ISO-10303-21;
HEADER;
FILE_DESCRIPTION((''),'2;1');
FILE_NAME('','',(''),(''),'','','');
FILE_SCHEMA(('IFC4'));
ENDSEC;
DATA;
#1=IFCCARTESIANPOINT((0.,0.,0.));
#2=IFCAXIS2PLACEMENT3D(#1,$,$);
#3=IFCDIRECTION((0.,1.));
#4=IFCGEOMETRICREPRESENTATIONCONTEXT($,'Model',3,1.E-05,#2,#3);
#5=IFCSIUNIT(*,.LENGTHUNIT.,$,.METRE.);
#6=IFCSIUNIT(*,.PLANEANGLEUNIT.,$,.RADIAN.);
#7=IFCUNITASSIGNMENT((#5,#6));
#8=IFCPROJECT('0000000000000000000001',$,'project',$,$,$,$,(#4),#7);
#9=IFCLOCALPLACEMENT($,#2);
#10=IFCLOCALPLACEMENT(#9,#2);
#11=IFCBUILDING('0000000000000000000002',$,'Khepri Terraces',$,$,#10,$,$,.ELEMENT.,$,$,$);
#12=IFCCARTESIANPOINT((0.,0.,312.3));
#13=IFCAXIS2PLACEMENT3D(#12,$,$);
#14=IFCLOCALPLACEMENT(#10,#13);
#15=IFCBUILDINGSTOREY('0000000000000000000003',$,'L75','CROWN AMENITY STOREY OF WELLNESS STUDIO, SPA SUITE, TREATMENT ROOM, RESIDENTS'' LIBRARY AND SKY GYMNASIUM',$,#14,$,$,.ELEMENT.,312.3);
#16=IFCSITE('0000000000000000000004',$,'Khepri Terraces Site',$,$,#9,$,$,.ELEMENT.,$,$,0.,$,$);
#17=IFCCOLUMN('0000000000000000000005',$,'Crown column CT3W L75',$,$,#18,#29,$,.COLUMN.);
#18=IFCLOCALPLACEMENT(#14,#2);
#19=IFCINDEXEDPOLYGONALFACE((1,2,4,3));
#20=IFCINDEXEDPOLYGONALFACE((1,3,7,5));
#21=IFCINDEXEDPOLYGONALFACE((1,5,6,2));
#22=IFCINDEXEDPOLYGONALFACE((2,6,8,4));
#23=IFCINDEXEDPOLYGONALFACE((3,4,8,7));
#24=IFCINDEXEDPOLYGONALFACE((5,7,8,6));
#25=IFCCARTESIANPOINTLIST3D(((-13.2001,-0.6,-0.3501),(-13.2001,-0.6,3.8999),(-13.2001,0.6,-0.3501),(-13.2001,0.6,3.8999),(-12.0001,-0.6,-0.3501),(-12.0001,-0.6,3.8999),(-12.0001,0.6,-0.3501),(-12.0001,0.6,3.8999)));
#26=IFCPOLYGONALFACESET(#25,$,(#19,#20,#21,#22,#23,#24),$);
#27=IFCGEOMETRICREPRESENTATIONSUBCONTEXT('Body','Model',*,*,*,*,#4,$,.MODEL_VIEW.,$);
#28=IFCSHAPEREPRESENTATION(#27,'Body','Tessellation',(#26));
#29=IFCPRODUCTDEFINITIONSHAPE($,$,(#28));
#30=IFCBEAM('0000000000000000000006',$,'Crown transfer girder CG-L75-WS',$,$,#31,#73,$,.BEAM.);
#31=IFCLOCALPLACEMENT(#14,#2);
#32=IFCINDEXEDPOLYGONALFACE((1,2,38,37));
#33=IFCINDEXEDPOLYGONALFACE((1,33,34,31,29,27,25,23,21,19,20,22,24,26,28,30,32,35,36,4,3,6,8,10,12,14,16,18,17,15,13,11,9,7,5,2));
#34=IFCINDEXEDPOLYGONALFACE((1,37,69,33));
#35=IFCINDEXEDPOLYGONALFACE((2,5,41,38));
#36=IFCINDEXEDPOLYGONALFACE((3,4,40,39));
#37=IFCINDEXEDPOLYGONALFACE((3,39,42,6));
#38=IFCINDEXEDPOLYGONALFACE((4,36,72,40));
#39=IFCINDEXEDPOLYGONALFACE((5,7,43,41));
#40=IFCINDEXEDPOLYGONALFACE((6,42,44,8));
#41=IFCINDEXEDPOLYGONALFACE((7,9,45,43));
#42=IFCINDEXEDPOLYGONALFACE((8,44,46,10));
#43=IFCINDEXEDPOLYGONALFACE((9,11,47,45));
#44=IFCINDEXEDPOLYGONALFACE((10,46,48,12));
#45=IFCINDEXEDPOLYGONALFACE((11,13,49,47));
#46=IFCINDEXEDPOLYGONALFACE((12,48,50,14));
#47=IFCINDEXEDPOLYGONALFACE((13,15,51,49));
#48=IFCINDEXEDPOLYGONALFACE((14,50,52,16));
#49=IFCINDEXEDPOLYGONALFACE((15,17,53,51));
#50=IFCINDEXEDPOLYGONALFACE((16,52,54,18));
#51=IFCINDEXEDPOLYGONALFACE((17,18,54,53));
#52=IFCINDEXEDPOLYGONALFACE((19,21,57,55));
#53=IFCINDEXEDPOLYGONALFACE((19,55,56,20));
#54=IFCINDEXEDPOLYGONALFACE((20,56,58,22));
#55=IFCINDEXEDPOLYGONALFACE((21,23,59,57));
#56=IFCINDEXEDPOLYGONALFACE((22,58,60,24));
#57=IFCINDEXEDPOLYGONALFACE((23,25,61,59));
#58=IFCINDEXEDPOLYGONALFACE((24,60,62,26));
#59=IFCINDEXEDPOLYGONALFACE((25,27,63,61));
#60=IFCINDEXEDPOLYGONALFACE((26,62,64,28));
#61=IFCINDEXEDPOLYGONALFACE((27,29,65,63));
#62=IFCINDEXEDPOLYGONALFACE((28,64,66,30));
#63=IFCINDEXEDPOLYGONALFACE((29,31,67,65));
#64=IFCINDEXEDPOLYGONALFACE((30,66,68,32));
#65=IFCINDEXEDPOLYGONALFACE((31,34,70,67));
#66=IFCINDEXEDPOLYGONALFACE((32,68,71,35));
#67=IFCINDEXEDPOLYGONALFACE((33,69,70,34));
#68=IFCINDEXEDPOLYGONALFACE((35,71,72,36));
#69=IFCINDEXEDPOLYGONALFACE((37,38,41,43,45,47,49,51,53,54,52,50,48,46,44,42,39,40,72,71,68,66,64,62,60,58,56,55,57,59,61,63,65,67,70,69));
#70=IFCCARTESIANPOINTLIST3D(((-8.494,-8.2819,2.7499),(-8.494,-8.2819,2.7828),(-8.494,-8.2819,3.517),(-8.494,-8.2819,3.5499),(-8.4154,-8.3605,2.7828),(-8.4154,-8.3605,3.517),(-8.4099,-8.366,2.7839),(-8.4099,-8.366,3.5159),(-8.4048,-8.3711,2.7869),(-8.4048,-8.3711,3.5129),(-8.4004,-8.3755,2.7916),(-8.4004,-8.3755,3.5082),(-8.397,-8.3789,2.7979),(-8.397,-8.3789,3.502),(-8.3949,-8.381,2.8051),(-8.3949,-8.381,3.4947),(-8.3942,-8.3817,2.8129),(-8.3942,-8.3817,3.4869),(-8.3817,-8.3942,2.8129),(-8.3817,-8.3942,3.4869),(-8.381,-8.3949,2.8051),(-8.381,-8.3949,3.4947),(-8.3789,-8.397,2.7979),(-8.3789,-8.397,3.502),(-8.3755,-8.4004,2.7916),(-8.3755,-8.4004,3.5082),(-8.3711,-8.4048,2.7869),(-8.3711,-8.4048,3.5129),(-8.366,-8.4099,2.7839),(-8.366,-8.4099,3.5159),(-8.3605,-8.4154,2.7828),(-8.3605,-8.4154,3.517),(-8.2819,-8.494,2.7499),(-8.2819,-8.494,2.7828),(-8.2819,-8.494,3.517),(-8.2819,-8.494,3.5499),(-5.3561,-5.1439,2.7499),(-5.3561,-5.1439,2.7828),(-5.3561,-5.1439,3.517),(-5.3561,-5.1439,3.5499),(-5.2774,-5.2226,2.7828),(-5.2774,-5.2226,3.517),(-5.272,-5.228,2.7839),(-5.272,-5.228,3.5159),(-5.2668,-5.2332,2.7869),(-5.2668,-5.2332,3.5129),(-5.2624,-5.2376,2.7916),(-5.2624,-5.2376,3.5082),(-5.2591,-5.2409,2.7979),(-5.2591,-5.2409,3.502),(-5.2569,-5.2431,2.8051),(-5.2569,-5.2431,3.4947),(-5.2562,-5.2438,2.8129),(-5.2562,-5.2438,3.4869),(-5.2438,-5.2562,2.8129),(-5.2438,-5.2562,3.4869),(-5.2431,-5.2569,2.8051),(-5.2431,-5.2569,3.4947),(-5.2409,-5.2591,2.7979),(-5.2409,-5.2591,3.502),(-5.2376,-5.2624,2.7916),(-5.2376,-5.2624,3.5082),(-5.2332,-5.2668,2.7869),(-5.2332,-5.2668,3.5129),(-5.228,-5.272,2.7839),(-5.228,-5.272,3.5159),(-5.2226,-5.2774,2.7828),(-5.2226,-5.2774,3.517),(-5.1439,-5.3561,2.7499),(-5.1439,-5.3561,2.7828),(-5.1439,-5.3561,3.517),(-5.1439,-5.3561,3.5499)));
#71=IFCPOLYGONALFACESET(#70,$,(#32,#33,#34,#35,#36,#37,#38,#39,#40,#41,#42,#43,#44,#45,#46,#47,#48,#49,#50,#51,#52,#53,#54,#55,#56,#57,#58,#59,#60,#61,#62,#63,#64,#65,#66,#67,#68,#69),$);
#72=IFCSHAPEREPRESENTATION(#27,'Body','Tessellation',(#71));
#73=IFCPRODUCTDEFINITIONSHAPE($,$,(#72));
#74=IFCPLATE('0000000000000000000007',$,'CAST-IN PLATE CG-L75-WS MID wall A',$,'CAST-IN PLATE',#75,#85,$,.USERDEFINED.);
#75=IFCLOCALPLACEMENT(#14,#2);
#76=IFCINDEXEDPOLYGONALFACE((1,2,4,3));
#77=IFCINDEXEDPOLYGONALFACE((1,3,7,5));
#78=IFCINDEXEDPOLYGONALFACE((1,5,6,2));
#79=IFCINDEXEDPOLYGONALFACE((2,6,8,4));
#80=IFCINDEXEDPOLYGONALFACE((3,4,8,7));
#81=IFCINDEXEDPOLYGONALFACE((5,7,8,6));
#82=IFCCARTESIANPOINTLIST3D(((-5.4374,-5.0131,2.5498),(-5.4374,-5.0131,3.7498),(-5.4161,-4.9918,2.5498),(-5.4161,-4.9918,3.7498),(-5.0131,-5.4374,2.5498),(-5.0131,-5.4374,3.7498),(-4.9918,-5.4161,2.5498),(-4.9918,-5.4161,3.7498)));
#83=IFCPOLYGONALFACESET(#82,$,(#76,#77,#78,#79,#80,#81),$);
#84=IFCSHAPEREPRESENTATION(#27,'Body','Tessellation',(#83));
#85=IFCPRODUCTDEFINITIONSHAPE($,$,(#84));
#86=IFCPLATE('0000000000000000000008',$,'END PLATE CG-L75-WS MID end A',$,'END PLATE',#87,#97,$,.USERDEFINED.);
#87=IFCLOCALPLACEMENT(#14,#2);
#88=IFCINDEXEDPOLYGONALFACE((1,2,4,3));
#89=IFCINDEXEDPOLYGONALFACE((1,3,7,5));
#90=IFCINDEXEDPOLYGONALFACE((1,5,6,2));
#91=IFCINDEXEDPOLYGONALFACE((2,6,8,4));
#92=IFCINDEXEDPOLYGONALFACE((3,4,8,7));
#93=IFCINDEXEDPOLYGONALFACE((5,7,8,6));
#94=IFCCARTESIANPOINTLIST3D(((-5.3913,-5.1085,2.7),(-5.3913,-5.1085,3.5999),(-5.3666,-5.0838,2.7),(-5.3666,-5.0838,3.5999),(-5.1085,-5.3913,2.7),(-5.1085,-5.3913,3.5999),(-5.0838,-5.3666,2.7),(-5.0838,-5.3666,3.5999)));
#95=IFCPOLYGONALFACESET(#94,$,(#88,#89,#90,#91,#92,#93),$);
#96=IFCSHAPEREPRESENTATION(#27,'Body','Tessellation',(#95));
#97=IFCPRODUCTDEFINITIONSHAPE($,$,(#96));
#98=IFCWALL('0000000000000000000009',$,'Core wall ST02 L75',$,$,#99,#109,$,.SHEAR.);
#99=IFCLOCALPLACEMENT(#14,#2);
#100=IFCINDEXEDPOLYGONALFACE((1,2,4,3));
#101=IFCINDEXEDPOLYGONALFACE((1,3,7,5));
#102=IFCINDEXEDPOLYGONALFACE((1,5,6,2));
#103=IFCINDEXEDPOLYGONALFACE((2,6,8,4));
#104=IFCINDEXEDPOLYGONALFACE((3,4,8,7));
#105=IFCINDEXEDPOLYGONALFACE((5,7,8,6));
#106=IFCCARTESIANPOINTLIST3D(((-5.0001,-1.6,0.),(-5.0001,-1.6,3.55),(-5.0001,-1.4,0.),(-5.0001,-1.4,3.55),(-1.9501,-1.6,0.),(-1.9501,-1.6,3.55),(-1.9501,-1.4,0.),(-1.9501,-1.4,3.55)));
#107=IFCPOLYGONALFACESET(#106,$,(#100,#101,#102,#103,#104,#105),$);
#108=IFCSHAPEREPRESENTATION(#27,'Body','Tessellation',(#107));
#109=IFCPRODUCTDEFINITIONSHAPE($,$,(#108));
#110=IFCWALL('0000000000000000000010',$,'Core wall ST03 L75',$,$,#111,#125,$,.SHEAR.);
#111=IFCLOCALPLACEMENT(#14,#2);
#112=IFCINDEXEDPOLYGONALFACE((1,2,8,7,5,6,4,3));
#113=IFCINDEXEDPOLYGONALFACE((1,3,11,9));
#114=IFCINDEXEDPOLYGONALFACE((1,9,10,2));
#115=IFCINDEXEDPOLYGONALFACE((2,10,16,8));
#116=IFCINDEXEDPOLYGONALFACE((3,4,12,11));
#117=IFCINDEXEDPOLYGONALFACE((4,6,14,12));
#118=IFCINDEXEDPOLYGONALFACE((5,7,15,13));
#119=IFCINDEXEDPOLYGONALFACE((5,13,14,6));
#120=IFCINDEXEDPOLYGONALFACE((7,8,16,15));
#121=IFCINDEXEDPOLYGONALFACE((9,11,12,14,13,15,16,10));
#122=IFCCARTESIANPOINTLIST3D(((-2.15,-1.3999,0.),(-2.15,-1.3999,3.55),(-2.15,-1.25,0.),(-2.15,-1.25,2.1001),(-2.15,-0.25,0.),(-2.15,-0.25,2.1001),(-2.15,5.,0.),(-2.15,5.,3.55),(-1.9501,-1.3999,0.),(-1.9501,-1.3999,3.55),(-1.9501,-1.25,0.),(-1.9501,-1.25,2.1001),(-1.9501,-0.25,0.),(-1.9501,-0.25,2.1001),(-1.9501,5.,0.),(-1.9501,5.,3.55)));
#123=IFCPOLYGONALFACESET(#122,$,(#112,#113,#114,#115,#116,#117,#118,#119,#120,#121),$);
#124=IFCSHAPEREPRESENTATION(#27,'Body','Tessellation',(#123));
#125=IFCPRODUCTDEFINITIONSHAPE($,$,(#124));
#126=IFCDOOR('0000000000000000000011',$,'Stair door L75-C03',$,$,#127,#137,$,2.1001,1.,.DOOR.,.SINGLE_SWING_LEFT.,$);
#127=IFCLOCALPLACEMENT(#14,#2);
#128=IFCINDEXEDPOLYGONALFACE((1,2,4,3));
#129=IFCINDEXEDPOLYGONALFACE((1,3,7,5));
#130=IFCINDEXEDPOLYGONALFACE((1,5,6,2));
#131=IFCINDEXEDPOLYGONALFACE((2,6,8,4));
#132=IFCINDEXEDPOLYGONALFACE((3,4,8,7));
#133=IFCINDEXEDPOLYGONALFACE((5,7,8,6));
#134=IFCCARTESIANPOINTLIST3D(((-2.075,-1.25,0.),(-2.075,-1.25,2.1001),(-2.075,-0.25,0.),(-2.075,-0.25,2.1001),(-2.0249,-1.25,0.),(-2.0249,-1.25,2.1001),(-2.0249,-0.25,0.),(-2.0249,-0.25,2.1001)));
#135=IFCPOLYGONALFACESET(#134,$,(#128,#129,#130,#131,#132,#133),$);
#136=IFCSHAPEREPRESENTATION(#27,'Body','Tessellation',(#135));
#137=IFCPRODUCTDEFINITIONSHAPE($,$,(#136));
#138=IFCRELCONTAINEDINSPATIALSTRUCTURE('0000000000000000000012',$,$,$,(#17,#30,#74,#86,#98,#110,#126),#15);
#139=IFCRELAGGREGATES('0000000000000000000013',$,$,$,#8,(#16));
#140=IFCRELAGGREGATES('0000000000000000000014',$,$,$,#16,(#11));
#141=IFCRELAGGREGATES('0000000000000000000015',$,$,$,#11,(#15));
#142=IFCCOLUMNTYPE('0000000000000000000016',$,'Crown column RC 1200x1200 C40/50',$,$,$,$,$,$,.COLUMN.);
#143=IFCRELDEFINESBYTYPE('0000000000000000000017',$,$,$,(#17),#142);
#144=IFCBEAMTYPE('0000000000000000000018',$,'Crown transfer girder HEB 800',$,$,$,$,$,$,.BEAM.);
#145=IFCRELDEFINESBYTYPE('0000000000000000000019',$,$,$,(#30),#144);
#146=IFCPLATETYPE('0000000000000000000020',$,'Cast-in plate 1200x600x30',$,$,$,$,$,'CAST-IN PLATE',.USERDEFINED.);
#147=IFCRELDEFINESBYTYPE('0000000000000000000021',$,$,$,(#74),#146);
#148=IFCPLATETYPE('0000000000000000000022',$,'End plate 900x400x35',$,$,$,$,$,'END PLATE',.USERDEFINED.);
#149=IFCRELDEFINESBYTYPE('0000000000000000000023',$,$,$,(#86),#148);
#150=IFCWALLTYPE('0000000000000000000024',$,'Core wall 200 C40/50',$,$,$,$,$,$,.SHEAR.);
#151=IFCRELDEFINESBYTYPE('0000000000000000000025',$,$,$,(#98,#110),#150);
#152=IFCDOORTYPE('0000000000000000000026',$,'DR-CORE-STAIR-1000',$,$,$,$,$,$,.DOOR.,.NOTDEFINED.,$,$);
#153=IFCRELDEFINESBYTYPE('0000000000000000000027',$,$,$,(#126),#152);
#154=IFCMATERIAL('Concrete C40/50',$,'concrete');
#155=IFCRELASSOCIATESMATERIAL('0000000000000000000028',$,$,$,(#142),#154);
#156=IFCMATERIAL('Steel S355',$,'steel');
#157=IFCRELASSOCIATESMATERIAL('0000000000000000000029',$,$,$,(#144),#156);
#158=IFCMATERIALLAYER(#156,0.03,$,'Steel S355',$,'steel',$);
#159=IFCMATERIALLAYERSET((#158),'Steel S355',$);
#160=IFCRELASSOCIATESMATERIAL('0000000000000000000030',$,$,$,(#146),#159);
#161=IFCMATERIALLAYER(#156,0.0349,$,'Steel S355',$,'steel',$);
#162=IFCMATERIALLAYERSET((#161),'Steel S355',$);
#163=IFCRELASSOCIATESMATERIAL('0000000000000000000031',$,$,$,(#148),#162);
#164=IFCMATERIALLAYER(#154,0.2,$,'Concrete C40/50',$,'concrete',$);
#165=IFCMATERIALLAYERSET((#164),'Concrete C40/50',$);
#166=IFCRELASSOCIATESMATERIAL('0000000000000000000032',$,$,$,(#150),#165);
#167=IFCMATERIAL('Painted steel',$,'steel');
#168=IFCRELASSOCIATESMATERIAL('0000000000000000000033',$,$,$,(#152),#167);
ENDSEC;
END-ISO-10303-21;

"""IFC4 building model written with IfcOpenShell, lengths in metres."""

from ifc_helpers import new_model, si_unit, direction, frame, frame_2d, origin, origin_2d, place, context, subcontext, project, spatial, rectangle, i_section, extrude, material, layer, layer_set, material_profile, profile_set, type_object, element, fill, save


model = new_model("IFC4")

# Units and contexts
model_context = context("Model", 3, precision=1e-05, world=origin(), true_north=direction((0.0, 1.0)))
body_context = subcontext(model_context, "Body", "Model", "MODEL_VIEW")
ifc_project = project(units=[si_unit("LENGTHUNIT", "METRE"), si_unit("PLANEANGLEUNIT", "RADIAN")], contexts=[model_context])

# Site, building, storey
site_placement = place(None, origin())
site = spatial("IfcSite", under=ifc_project, at=site_placement, Name="Khepri Terraces Site", CompositionType="ELEMENT", RefElevation=0.0)
building_placement = place(site_placement, origin())
building = spatial("IfcBuilding", under=site, at=building_placement, Name="Khepri Terraces", CompositionType="ELEMENT")
storey_placement = place(building_placement, frame((0.0, 0.0, 312.3)))
storey = spatial("IfcBuildingStorey", under=building, at=storey_placement, Name="L75", Description="CROWN AMENITY STOREY OF WELLNESS STUDIO, SPA SUITE, TREATMENT ROOM, RESIDENTS' LIBRARY AND SKY GYMNASIUM", CompositionType="ELEMENT", Elevation=312.3)

# Column
ifc_material_1 = material(Name="Concrete C40/50", Category="concrete")
ifc_material_profile_1 = material_profile(ifc_material_1, rectangle(XDim=1.2, YDim=1.2, at=origin_2d()), Name="Concrete C40/50", Category="concrete")
ifc_profile_set_1 = profile_set([ifc_material_profile_1], Name="Concrete C40/50")
column_type = type_object("IfcColumnType", Name="Crown column RC 1200x1200 C40/50", PredefinedType="COLUMN", material=ifc_profile_set_1)
column_placement = place(storey_placement, frame((-12.6001, 0.0, -0.3501), z_axis=(0.0, 0.0, 1.0), x_axis=(1.0, 0.0, 0.0)))
element("IfcColumn", 1, at=column_placement, inside=storey, type_object=column_type, Name="Crown column CT3W L75", PredefinedType="COLUMN", context=body_context, shape_type="SweptSolid", body=[
    extrude(rectangle(XDim=1.2, YDim=1.2, at=origin_2d()), origin(), (0.0, 0.0, 1.0), 4.25),
])

# Beam
ifc_material_2 = material(Name="Steel S355", Category="steel")
ifc_material_profile_2 = material_profile(ifc_material_2, i_section(OverallWidth=0.3, OverallDepth=0.8, WebThickness=0.0176, FlangeThickness=0.033, FilletRadius=0.03, at=origin_2d()), Name="Steel S355", Category="steel")
ifc_profile_set_2 = profile_set([ifc_material_profile_2], Name="Steel S355")
beam_type = type_object("IfcBeamType", Name="Crown transfer girder HEB 800", PredefinedType="BEAM", material=ifc_profile_set_2)
beam_placement = place(storey_placement, frame((-5.25, -5.25, 3.1499), z_axis=(-0.707107, -0.707107, 0.0), x_axis=(0.707107, -0.707107, 0.0)))
element("IfcBeam", 2, at=beam_placement, inside=storey, type_object=beam_type, Name="Crown transfer girder CG-L75-WS", PredefinedType="BEAM", context=body_context, shape_type="SweptSolid", body=[
    extrude(i_section(OverallWidth=0.3, OverallDepth=0.8, WebThickness=0.0176, FlangeThickness=0.033, FilletRadius=0.03, at=origin_2d()), origin(), (0.0, 0.0, 1.0), 4.4377),
])

# Plates
ifc_layer_1 = layer(ifc_material_2, 0.03, Name="Steel S355", Category="steel")
ifc_layer_set_1 = layer_set([ifc_layer_1], Name="Steel S355")
plate_type_1 = type_object("IfcPlateType", Name="Cast-in plate 1200x600x30", ElementType="CAST-IN PLATE", PredefinedType="USERDEFINED", material=ifc_layer_set_1)
plate_1_placement = place(storey_placement, frame((-5.2146, -5.2146, 2.5498), z_axis=(0.0, 0.0, 1.0), x_axis=(-0.707107, -0.707107, 0.0)))
element("IfcPlate", 3, at=plate_1_placement, inside=storey, type_object=plate_type_1, Name="CAST-IN PLATE CG-L75-WS MID wall A", ObjectType="CAST-IN PLATE", PredefinedType="USERDEFINED", context=body_context, shape_type="SweptSolid", body=[
    extrude(rectangle(XDim=0.03, YDim=0.6001, at=origin_2d()), origin(), (0.0, 0.0, 1.0), 1.2),
])
ifc_layer_2 = layer(ifc_material_2, 0.0349, Name="Steel S355", Category="steel")
ifc_layer_set_2 = layer_set([ifc_layer_2], Name="Steel S355")
plate_type_2 = type_object("IfcPlateType", Name="End plate 900x400x35", ElementType="END PLATE", PredefinedType="USERDEFINED", material=ifc_layer_set_2)
plate_2_placement = place(storey_placement, frame((-5.2375, -5.2375, 2.7), z_axis=(0.0, 0.0, 1.0), x_axis=(-0.707107, -0.707107, 0.0)))
element("IfcPlate", 4, at=plate_2_placement, inside=storey, type_object=plate_type_2, Name="END PLATE CG-L75-WS MID end A", ObjectType="END PLATE", PredefinedType="USERDEFINED", context=body_context, shape_type="SweptSolid", body=[
    extrude(rectangle(XDim=0.0349, YDim=0.3999, at=origin_2d()), origin(), (0.0, 0.0, 1.0), 0.8999),
])

# Wall
ifc_layer_3 = layer(ifc_material_1, 0.2, Name="Concrete C40/50", Category="concrete")
ifc_layer_set_3 = layer_set([ifc_layer_3], Name="Concrete C40/50")
wall_type_1 = type_object("IfcWallType", Name="Core wall 200 C40/50", PredefinedType="SHEAR", material=ifc_layer_set_3)
wall_1_placement = place(storey_placement, frame((-5.0, -1.5, 0.0), z_axis=(0.0, 0.0, 1.0), x_axis=(1.0, 0.0, 0.0)))
element("IfcWall", 5, at=wall_1_placement, inside=storey, type_object=wall_type_1, Name="Core wall ST02 L75", PredefinedType="SHEAR", context=body_context, shape_type="SweptSolid", body=[
    extrude(rectangle(XDim=3.05, YDim=0.2, at=frame_2d((1.5249, 0.0))), origin(), (0.0, 0.0, 1.0), 3.55),
])

# Wall, opening, door
wall_2_placement = place(storey_placement, frame((-2.05, -1.3999, 0.0), z_axis=(0.0, 0.0, 1.0), x_axis=(0.0, 1.0, 0.0)))
wall_2 = element("IfcWall", 6, at=wall_2_placement, inside=storey, type_object=wall_type_1, Name="Core wall ST03 L75", PredefinedType="SHEAR", context=body_context, shape_type="SweptSolid", body=[
    extrude(rectangle(XDim=6.3999, YDim=0.2, at=frame_2d((3.2, 0.0))), origin(), (0.0, 0.0, 1.0), 3.55),
])
opening_1_placement = place(wall_2_placement, frame((0.1499, 0.0, 0.0)))
opening_1 = element("IfcOpeningElement", 7, at=opening_1_placement, cuts=wall_2, PredefinedType="OPENING", context=body_context, shape_type="SweptSolid", body=[
    extrude(rectangle(XDim=1.0, YDim=2.1001, at=frame_2d((0.5, 1.05))), frame((0.0, 0.1099, 0.0), z_axis=(0.0, -1.0, 0.0), x_axis=(1.0, 0.0, 0.0)), (0.0, 0.0, 1.0), 0.22),
])
ifc_material_3 = material(Name="Painted steel", Category="steel")
door_type_1 = type_object("IfcDoorType", Name="DR-CORE-STAIR-1000", OperationType="NOTDEFINED", PredefinedType="DOOR", material=ifc_material_3)
door_1_placement = place(opening_1_placement, origin())
door_1 = element("IfcDoor", 8, at=door_1_placement, inside=storey, type_object=door_type_1, Name="Stair door L75-C03", OperationType="SINGLE_SWING_LEFT", OverallHeight=2.1001, OverallWidth=1.0, PredefinedType="DOOR", context=body_context, shape_type="SweptSolid", body=[
    extrude(rectangle(XDim=1.0, YDim=2.1001, at=frame_2d((0.5, 1.05))), frame((0.0, 0.0249, 0.0), z_axis=(0.0, -1.0, 0.0), x_axis=(1.0, 0.0, 0.0)), (0.0, 0.0, 1.0), 0.05),
])
fill(opening_1, door_1)

save(model, "model.ifc")
